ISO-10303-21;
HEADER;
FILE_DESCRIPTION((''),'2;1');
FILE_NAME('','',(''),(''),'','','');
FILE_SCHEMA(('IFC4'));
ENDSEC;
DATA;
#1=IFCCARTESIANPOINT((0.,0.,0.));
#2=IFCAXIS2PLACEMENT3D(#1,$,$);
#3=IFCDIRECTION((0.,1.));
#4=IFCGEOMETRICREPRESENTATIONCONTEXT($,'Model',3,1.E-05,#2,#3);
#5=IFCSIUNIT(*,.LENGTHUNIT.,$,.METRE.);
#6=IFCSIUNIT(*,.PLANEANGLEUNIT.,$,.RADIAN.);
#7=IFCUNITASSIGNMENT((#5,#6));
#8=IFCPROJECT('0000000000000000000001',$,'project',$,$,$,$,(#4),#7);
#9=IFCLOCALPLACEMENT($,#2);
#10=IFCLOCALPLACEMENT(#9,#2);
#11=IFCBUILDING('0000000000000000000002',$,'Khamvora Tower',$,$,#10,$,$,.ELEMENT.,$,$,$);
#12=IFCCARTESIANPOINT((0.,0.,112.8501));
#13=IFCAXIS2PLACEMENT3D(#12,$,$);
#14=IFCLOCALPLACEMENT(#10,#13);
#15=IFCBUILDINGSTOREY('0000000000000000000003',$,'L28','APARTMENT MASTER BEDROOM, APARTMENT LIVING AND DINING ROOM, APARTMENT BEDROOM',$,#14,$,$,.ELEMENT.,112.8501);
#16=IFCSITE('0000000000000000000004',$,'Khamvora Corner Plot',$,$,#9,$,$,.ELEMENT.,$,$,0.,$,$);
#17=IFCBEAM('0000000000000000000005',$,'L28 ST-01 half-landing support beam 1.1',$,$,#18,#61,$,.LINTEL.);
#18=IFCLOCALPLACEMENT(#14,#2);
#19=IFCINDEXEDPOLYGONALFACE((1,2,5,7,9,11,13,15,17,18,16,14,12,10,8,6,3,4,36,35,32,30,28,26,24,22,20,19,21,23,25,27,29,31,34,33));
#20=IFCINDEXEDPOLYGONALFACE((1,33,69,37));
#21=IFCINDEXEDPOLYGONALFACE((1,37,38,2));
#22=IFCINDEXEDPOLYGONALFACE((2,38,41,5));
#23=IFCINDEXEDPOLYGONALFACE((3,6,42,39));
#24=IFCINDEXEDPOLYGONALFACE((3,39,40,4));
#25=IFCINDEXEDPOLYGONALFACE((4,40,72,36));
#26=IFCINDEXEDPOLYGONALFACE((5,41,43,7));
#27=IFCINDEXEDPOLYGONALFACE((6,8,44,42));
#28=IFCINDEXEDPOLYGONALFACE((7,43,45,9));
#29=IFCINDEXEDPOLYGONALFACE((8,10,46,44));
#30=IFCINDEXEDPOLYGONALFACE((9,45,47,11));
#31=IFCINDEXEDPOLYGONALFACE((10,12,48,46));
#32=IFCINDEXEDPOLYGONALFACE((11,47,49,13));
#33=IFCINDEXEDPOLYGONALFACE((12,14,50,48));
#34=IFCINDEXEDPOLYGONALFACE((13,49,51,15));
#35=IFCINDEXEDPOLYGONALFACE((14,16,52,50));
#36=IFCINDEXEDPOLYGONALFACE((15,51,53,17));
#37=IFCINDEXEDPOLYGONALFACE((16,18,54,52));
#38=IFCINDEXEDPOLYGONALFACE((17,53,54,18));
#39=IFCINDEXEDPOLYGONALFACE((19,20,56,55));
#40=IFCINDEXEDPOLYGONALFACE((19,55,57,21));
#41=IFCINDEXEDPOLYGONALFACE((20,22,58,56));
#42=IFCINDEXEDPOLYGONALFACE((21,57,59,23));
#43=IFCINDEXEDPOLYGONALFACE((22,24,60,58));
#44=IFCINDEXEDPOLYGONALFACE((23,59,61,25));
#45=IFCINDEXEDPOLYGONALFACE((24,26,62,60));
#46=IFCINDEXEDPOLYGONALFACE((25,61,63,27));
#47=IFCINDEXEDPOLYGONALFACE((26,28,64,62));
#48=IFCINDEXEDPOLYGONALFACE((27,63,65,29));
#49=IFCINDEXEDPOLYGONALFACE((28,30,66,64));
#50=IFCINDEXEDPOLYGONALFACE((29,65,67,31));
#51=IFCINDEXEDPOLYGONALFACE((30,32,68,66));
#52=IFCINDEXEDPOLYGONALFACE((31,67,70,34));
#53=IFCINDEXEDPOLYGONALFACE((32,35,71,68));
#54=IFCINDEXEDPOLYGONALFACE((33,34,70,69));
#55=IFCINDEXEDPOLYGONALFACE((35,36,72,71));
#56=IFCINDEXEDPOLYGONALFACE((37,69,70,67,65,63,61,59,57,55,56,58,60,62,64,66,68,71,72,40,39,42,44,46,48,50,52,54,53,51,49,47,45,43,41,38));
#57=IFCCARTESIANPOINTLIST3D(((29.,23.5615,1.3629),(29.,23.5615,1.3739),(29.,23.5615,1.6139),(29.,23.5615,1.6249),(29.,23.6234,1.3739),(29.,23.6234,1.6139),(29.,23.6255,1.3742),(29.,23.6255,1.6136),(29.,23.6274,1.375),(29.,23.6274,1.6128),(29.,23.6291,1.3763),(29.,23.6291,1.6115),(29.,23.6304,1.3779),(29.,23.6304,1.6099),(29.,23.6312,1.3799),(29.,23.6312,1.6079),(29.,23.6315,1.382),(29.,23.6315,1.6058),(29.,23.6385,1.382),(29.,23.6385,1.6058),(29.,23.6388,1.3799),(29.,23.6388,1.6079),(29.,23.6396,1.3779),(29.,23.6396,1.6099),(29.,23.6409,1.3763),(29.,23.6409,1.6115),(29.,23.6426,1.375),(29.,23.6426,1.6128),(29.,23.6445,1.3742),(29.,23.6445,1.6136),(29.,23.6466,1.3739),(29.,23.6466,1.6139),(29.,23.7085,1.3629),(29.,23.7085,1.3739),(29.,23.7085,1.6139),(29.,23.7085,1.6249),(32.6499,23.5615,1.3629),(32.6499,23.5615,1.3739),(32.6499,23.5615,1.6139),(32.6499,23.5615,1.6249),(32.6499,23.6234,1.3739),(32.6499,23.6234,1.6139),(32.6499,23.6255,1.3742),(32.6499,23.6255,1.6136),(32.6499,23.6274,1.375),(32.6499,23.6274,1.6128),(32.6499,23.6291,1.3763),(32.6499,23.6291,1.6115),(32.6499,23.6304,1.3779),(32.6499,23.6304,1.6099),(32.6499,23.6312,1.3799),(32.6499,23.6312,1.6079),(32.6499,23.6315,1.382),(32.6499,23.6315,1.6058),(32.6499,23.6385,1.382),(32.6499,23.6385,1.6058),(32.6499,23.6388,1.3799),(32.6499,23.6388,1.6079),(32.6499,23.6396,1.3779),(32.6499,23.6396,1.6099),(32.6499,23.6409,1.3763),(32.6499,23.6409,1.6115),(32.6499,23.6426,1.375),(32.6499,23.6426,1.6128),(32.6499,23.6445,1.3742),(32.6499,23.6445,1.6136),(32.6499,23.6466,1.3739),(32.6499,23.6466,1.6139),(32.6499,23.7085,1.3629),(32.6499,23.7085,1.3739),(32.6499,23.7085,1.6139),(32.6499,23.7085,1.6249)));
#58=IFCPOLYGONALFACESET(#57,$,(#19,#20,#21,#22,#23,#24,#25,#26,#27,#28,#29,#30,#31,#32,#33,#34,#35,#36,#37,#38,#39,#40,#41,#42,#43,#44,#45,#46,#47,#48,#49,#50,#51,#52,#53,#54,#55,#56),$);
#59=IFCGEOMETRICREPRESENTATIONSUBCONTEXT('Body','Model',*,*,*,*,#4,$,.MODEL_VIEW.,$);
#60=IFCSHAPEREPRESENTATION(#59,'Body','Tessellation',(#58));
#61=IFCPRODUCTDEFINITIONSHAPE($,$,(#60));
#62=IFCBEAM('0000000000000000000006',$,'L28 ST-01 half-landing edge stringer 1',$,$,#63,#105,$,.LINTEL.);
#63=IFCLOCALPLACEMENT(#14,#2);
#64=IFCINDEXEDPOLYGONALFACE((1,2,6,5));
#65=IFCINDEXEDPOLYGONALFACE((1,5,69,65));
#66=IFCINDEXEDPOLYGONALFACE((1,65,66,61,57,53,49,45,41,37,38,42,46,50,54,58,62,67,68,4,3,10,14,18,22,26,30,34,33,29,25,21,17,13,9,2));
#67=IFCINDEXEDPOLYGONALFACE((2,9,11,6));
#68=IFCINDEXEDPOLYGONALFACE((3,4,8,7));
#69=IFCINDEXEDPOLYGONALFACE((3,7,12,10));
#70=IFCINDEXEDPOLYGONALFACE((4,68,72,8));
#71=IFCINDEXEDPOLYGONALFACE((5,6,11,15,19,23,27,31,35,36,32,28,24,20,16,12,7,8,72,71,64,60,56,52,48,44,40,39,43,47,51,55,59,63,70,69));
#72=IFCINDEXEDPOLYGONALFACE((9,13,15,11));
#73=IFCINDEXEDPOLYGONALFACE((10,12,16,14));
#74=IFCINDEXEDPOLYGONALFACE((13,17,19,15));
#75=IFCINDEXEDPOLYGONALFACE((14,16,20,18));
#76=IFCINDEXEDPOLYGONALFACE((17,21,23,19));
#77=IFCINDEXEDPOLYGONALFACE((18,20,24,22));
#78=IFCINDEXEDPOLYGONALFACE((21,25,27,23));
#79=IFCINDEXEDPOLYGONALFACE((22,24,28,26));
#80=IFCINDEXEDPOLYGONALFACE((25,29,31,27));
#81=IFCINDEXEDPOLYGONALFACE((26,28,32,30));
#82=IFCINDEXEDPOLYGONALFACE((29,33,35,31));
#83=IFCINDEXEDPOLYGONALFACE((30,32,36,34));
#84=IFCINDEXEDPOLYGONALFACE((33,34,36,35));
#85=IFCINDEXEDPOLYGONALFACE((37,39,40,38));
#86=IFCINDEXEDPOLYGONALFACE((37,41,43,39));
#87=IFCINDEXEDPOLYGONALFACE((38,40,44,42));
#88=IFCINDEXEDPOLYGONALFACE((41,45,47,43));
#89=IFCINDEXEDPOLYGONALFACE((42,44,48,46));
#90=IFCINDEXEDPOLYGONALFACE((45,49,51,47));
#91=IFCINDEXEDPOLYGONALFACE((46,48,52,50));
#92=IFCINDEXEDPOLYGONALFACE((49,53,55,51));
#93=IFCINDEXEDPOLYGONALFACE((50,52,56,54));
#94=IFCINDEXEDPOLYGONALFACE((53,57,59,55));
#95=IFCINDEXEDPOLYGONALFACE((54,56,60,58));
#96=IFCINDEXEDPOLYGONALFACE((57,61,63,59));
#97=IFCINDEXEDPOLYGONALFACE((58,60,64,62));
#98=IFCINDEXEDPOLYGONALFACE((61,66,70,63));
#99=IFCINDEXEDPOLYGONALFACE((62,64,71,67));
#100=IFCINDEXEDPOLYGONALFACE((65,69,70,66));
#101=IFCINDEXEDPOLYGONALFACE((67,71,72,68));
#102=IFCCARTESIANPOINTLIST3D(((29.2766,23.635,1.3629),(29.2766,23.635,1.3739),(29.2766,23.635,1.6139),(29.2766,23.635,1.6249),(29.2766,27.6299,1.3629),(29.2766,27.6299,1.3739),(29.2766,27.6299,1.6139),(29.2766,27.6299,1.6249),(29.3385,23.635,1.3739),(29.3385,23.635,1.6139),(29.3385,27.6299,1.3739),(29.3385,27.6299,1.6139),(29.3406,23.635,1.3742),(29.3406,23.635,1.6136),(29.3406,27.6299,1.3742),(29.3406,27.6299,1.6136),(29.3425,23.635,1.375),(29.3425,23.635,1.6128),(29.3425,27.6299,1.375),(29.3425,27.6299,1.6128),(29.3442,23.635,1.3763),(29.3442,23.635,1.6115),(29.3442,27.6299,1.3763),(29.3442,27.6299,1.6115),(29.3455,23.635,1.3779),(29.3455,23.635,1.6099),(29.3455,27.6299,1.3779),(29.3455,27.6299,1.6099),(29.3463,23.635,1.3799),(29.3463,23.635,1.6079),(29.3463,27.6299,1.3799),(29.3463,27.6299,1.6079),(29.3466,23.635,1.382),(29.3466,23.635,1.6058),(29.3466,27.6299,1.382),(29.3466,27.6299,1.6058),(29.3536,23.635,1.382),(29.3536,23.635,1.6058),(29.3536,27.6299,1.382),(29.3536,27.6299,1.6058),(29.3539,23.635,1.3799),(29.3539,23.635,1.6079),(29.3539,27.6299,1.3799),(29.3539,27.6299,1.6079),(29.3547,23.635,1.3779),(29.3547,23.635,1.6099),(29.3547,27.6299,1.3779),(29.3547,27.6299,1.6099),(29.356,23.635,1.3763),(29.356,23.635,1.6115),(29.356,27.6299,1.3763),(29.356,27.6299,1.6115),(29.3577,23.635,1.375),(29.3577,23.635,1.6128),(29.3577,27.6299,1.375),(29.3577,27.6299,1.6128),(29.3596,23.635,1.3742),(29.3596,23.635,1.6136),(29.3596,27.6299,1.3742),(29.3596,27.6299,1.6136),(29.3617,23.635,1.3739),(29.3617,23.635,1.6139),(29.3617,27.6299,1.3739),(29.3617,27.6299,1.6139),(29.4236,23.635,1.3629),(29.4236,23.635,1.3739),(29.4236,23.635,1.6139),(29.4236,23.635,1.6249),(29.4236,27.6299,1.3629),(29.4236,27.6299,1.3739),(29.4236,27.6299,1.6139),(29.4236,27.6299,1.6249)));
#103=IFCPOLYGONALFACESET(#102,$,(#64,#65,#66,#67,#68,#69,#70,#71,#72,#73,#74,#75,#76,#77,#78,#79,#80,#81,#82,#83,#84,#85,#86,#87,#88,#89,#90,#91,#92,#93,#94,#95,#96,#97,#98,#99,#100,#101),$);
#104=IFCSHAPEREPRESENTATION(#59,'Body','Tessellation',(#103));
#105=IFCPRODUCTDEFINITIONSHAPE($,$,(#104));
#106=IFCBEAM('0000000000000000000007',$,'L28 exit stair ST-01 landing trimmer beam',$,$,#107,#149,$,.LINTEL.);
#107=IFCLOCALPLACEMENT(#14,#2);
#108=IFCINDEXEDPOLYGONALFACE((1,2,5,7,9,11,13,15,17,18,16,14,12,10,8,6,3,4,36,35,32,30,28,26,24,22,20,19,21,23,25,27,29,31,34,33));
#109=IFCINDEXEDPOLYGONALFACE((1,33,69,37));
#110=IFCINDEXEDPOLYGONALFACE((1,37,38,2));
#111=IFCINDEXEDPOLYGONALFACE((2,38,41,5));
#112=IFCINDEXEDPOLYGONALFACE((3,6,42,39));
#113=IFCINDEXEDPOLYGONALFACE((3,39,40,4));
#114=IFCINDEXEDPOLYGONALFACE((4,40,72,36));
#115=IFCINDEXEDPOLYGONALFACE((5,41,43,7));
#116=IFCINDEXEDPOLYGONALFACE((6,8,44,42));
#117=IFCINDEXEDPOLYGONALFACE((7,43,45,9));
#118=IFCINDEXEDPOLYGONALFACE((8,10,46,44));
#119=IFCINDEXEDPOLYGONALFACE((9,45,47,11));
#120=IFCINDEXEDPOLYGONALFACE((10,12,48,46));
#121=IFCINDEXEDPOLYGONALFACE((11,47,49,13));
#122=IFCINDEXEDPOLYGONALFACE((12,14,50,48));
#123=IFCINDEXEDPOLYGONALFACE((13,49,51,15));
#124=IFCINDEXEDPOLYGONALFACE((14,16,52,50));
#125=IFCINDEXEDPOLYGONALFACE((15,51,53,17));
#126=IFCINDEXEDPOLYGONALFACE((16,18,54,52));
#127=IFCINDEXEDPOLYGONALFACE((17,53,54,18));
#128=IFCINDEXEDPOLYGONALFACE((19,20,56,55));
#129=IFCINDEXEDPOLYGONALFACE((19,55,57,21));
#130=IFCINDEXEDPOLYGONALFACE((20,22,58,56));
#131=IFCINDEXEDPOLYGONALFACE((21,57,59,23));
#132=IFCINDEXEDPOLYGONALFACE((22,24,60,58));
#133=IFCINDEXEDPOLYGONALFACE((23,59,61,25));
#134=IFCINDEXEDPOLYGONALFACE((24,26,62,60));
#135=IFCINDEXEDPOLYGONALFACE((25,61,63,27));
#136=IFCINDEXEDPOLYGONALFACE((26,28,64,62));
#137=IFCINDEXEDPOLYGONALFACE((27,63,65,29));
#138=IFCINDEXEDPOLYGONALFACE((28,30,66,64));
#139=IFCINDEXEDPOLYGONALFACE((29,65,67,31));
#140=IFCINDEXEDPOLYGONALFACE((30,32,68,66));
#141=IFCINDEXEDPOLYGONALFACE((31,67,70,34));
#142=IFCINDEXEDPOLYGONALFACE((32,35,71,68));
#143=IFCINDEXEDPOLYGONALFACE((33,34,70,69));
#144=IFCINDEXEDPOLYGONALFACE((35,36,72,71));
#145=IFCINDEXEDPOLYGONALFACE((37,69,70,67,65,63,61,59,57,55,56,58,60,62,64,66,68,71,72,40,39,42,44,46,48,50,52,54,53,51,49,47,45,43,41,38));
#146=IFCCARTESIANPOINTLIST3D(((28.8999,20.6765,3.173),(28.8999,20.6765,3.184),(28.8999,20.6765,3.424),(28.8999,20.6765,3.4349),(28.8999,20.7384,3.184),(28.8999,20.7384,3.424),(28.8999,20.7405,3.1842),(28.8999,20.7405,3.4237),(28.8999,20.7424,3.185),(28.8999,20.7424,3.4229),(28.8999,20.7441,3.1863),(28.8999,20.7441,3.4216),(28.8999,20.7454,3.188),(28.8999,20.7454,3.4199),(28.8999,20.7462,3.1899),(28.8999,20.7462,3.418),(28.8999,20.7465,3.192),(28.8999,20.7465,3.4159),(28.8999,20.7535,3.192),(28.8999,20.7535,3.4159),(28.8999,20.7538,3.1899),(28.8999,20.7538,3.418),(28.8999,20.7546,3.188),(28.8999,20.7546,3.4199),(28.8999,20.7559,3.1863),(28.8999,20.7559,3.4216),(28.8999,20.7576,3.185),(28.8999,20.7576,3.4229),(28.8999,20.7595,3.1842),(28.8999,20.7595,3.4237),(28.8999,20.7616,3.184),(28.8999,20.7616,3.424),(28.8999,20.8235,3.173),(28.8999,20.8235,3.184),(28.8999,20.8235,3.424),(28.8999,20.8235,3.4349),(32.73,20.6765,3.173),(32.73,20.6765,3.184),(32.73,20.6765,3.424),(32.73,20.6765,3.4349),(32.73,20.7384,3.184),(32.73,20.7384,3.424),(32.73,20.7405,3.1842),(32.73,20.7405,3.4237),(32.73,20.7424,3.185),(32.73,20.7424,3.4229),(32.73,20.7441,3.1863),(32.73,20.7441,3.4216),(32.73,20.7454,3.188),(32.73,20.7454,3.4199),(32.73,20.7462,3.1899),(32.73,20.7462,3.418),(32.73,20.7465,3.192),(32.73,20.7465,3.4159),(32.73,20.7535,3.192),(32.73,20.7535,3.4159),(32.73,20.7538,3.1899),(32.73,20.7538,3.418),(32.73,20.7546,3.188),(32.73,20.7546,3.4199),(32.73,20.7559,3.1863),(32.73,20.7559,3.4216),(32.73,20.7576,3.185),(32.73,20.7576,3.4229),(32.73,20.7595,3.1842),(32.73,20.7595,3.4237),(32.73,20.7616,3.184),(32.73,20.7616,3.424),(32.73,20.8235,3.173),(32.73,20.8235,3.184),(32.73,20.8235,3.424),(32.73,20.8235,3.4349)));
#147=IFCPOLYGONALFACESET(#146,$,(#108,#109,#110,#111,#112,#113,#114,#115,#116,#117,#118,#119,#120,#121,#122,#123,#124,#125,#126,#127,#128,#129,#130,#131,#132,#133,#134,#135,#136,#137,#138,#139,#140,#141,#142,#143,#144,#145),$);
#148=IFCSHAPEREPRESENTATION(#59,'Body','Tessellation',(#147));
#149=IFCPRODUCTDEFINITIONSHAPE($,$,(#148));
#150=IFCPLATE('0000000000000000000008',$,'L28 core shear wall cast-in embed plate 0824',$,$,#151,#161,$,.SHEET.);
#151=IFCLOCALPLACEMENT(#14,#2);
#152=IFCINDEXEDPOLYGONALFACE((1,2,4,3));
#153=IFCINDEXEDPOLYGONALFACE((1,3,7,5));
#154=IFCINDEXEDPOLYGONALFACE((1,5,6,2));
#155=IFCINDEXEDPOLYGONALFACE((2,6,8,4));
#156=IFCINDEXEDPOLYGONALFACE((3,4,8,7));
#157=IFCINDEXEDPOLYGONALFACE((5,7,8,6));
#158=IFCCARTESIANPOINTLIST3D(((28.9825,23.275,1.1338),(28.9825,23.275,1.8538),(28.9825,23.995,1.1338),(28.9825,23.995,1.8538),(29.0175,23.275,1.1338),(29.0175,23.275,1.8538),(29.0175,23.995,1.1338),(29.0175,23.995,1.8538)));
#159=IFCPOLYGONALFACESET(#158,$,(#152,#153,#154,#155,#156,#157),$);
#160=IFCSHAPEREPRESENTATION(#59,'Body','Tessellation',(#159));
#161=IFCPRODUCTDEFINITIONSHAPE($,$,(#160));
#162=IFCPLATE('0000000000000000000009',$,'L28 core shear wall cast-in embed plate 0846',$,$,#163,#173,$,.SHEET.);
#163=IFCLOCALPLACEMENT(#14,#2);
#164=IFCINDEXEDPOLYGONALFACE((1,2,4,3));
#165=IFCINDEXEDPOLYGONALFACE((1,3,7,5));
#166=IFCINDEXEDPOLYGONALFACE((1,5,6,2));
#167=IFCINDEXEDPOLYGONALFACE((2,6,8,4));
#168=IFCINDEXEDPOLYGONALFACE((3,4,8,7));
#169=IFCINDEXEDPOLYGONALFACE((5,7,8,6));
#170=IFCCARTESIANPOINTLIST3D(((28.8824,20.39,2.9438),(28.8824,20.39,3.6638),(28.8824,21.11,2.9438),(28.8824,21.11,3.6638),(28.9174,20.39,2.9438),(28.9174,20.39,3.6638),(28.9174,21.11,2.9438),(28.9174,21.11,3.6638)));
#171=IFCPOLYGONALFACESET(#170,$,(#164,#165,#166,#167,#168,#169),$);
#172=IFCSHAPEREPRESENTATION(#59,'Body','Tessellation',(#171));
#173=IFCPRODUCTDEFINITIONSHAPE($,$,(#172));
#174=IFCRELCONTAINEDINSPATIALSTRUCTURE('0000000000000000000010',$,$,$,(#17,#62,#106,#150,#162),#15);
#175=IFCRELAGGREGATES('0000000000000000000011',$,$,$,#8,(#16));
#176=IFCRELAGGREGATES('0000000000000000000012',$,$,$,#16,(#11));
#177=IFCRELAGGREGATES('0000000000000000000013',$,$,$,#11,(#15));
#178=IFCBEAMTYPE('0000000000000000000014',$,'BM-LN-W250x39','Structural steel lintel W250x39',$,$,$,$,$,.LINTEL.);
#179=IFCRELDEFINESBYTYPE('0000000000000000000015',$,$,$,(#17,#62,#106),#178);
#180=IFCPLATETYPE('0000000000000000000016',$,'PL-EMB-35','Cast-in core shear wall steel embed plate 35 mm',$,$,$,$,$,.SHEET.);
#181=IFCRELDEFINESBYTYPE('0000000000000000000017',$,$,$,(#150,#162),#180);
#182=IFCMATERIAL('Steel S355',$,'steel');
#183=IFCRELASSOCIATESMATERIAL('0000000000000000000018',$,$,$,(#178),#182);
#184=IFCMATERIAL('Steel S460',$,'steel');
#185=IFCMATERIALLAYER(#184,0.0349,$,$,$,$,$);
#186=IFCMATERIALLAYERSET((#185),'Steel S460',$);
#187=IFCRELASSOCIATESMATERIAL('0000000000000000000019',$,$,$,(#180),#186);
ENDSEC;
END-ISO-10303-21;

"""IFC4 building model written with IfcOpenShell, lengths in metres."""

from ifc_helpers import new_model, si_unit, direction, frame, origin, origin_2d, place, context, subcontext, project, spatial, rectangle, i_section, extrude, material, layer, layer_set, material_profile, profile_set, type_object, element, save


model = new_model("IFC4")

# Units and contexts
model_context = context("Model", 3, precision=1e-05, world=origin(), true_north=direction((0.0, 1.0)))
body_context = subcontext(model_context, "Body", "Model", "MODEL_VIEW")
ifc_project = project(units=[si_unit("LENGTHUNIT", "METRE"), si_unit("PLANEANGLEUNIT", "RADIAN")], contexts=[model_context])

# Site, building, storey
site_placement = place(None, origin())
site = spatial("IfcSite", under=ifc_project, at=site_placement, Name="Khamvora Corner Plot", CompositionType="ELEMENT", RefElevation=0.0)
building_placement = place(site_placement, origin())
building = spatial("IfcBuilding", under=site, at=building_placement, Name="Khamvora Tower", CompositionType="ELEMENT")
storey_placement = place(building_placement, frame((0.0, 0.0, 112.8501)))
storey = spatial("IfcBuildingStorey", under=building, at=storey_placement, Name="L28", Description="APARTMENT MASTER BEDROOM, APARTMENT LIVING AND DINING ROOM, APARTMENT BEDROOM", CompositionType="ELEMENT", Elevation=112.8501)

# Beams
ifc_material_1 = material(Name="Steel S355", Category="steel")
ifc_material_profile = material_profile(ifc_material_1, i_section(OverallWidth=0.147, OverallDepth=0.262, WebThickness=0.0071, FlangeThickness=0.011, FilletRadius=0.0081, at=origin_2d()), Name="W250x39")
ifc_profile_set = profile_set([ifc_material_profile], Name="Steel S355")
beam_type = type_object("IfcBeamType", Name="BM-LN-W250x39", Description="Structural steel lintel W250x39", PredefinedType="LINTEL", material=ifc_profile_set)
beam_1_placement = place(storey_placement, frame((29.0, 23.635, 1.4939), z_axis=(1.0, 0.0, 0.0), x_axis=(0.0, 1.0, 0.0)))
element("IfcBeam", 1, at=beam_1_placement, inside=storey, type_object=beam_type, Name="L28 ST-01 half-landing support beam 1.1", PredefinedType="LINTEL", context=body_context, shape_type="SweptSolid", body=[
    extrude(i_section(OverallWidth=0.147, OverallDepth=0.262, WebThickness=0.0071, FlangeThickness=0.011, FilletRadius=0.0081, at=origin_2d()), origin(), (0.0, 0.0, 1.0), 3.6499),
])
beam_2_placement = place(storey_placement, frame((29.3501, 23.635, 1.4939), z_axis=(0.0, 1.0, 0.0), x_axis=(-1.0, 0.0, 0.0)))
element("IfcBeam", 2, at=beam_2_placement, inside=storey, type_object=beam_type, Name="L28 ST-01 half-landing edge stringer 1", PredefinedType="LINTEL", context=body_context, shape_type="SweptSolid", body=[
    extrude(i_section(OverallWidth=0.147, OverallDepth=0.262, WebThickness=0.0071, FlangeThickness=0.011, FilletRadius=0.0081, at=origin_2d()), origin(), (0.0, 0.0, 1.0), 3.9949),
])
beam_3_placement = place(storey_placement, frame((28.8999, 20.75, 3.304), z_axis=(1.0, 0.0, 0.0), x_axis=(0.0, 1.0, 0.0)))
element("IfcBeam", 3, at=beam_3_placement, inside=storey, type_object=beam_type, Name="L28 exit stair ST-01 landing trimmer beam", PredefinedType="LINTEL", context=body_context, shape_type="SweptSolid", body=[
    extrude(i_section(OverallWidth=0.147, OverallDepth=0.262, WebThickness=0.0071, FlangeThickness=0.011, FilletRadius=0.0081, at=origin_2d()), origin(), (0.0, 0.0, 1.0), 3.8301),
])

# Plates
ifc_material_2 = material(Name="Steel S460", Category="steel")
ifc_layer_1 = layer(ifc_material_2, 0.0349)
ifc_layer_set_1 = layer_set([ifc_layer_1], Name="Steel S460")
plate_type = type_object("IfcPlateType", Name="PL-EMB-35", Description="Cast-in core shear wall steel embed plate 35 mm", PredefinedType="SHEET", material=ifc_layer_set_1)
for number, where, z_axis, x_axis, name in (
    (4, (29.0, 23.635, 1.1338), (0.0, 0.0, 1.0), (1.0, 0.0, 0.0), "L28 core shear wall cast-in embed plate 0824"),
    (5, (28.8999, 20.75, 2.9438), (0.0, 0.0, 1.0), (1.0, 0.0, 0.0), "L28 core shear wall cast-in embed plate 0846"),
):
    element("IfcPlate", number, at=place(storey_placement, frame(where, z_axis=z_axis, x_axis=x_axis)), inside=storey, type_object=plate_type, Name=name, PredefinedType="SHEET", context=body_context, shape_type="SweptSolid", body=[
        extrude(rectangle(XDim=0.0349, YDim=0.72, at=origin_2d()), origin(), (0.0, 0.0, 1.0), 0.72),
    ])

save(model, "model.ifc")
